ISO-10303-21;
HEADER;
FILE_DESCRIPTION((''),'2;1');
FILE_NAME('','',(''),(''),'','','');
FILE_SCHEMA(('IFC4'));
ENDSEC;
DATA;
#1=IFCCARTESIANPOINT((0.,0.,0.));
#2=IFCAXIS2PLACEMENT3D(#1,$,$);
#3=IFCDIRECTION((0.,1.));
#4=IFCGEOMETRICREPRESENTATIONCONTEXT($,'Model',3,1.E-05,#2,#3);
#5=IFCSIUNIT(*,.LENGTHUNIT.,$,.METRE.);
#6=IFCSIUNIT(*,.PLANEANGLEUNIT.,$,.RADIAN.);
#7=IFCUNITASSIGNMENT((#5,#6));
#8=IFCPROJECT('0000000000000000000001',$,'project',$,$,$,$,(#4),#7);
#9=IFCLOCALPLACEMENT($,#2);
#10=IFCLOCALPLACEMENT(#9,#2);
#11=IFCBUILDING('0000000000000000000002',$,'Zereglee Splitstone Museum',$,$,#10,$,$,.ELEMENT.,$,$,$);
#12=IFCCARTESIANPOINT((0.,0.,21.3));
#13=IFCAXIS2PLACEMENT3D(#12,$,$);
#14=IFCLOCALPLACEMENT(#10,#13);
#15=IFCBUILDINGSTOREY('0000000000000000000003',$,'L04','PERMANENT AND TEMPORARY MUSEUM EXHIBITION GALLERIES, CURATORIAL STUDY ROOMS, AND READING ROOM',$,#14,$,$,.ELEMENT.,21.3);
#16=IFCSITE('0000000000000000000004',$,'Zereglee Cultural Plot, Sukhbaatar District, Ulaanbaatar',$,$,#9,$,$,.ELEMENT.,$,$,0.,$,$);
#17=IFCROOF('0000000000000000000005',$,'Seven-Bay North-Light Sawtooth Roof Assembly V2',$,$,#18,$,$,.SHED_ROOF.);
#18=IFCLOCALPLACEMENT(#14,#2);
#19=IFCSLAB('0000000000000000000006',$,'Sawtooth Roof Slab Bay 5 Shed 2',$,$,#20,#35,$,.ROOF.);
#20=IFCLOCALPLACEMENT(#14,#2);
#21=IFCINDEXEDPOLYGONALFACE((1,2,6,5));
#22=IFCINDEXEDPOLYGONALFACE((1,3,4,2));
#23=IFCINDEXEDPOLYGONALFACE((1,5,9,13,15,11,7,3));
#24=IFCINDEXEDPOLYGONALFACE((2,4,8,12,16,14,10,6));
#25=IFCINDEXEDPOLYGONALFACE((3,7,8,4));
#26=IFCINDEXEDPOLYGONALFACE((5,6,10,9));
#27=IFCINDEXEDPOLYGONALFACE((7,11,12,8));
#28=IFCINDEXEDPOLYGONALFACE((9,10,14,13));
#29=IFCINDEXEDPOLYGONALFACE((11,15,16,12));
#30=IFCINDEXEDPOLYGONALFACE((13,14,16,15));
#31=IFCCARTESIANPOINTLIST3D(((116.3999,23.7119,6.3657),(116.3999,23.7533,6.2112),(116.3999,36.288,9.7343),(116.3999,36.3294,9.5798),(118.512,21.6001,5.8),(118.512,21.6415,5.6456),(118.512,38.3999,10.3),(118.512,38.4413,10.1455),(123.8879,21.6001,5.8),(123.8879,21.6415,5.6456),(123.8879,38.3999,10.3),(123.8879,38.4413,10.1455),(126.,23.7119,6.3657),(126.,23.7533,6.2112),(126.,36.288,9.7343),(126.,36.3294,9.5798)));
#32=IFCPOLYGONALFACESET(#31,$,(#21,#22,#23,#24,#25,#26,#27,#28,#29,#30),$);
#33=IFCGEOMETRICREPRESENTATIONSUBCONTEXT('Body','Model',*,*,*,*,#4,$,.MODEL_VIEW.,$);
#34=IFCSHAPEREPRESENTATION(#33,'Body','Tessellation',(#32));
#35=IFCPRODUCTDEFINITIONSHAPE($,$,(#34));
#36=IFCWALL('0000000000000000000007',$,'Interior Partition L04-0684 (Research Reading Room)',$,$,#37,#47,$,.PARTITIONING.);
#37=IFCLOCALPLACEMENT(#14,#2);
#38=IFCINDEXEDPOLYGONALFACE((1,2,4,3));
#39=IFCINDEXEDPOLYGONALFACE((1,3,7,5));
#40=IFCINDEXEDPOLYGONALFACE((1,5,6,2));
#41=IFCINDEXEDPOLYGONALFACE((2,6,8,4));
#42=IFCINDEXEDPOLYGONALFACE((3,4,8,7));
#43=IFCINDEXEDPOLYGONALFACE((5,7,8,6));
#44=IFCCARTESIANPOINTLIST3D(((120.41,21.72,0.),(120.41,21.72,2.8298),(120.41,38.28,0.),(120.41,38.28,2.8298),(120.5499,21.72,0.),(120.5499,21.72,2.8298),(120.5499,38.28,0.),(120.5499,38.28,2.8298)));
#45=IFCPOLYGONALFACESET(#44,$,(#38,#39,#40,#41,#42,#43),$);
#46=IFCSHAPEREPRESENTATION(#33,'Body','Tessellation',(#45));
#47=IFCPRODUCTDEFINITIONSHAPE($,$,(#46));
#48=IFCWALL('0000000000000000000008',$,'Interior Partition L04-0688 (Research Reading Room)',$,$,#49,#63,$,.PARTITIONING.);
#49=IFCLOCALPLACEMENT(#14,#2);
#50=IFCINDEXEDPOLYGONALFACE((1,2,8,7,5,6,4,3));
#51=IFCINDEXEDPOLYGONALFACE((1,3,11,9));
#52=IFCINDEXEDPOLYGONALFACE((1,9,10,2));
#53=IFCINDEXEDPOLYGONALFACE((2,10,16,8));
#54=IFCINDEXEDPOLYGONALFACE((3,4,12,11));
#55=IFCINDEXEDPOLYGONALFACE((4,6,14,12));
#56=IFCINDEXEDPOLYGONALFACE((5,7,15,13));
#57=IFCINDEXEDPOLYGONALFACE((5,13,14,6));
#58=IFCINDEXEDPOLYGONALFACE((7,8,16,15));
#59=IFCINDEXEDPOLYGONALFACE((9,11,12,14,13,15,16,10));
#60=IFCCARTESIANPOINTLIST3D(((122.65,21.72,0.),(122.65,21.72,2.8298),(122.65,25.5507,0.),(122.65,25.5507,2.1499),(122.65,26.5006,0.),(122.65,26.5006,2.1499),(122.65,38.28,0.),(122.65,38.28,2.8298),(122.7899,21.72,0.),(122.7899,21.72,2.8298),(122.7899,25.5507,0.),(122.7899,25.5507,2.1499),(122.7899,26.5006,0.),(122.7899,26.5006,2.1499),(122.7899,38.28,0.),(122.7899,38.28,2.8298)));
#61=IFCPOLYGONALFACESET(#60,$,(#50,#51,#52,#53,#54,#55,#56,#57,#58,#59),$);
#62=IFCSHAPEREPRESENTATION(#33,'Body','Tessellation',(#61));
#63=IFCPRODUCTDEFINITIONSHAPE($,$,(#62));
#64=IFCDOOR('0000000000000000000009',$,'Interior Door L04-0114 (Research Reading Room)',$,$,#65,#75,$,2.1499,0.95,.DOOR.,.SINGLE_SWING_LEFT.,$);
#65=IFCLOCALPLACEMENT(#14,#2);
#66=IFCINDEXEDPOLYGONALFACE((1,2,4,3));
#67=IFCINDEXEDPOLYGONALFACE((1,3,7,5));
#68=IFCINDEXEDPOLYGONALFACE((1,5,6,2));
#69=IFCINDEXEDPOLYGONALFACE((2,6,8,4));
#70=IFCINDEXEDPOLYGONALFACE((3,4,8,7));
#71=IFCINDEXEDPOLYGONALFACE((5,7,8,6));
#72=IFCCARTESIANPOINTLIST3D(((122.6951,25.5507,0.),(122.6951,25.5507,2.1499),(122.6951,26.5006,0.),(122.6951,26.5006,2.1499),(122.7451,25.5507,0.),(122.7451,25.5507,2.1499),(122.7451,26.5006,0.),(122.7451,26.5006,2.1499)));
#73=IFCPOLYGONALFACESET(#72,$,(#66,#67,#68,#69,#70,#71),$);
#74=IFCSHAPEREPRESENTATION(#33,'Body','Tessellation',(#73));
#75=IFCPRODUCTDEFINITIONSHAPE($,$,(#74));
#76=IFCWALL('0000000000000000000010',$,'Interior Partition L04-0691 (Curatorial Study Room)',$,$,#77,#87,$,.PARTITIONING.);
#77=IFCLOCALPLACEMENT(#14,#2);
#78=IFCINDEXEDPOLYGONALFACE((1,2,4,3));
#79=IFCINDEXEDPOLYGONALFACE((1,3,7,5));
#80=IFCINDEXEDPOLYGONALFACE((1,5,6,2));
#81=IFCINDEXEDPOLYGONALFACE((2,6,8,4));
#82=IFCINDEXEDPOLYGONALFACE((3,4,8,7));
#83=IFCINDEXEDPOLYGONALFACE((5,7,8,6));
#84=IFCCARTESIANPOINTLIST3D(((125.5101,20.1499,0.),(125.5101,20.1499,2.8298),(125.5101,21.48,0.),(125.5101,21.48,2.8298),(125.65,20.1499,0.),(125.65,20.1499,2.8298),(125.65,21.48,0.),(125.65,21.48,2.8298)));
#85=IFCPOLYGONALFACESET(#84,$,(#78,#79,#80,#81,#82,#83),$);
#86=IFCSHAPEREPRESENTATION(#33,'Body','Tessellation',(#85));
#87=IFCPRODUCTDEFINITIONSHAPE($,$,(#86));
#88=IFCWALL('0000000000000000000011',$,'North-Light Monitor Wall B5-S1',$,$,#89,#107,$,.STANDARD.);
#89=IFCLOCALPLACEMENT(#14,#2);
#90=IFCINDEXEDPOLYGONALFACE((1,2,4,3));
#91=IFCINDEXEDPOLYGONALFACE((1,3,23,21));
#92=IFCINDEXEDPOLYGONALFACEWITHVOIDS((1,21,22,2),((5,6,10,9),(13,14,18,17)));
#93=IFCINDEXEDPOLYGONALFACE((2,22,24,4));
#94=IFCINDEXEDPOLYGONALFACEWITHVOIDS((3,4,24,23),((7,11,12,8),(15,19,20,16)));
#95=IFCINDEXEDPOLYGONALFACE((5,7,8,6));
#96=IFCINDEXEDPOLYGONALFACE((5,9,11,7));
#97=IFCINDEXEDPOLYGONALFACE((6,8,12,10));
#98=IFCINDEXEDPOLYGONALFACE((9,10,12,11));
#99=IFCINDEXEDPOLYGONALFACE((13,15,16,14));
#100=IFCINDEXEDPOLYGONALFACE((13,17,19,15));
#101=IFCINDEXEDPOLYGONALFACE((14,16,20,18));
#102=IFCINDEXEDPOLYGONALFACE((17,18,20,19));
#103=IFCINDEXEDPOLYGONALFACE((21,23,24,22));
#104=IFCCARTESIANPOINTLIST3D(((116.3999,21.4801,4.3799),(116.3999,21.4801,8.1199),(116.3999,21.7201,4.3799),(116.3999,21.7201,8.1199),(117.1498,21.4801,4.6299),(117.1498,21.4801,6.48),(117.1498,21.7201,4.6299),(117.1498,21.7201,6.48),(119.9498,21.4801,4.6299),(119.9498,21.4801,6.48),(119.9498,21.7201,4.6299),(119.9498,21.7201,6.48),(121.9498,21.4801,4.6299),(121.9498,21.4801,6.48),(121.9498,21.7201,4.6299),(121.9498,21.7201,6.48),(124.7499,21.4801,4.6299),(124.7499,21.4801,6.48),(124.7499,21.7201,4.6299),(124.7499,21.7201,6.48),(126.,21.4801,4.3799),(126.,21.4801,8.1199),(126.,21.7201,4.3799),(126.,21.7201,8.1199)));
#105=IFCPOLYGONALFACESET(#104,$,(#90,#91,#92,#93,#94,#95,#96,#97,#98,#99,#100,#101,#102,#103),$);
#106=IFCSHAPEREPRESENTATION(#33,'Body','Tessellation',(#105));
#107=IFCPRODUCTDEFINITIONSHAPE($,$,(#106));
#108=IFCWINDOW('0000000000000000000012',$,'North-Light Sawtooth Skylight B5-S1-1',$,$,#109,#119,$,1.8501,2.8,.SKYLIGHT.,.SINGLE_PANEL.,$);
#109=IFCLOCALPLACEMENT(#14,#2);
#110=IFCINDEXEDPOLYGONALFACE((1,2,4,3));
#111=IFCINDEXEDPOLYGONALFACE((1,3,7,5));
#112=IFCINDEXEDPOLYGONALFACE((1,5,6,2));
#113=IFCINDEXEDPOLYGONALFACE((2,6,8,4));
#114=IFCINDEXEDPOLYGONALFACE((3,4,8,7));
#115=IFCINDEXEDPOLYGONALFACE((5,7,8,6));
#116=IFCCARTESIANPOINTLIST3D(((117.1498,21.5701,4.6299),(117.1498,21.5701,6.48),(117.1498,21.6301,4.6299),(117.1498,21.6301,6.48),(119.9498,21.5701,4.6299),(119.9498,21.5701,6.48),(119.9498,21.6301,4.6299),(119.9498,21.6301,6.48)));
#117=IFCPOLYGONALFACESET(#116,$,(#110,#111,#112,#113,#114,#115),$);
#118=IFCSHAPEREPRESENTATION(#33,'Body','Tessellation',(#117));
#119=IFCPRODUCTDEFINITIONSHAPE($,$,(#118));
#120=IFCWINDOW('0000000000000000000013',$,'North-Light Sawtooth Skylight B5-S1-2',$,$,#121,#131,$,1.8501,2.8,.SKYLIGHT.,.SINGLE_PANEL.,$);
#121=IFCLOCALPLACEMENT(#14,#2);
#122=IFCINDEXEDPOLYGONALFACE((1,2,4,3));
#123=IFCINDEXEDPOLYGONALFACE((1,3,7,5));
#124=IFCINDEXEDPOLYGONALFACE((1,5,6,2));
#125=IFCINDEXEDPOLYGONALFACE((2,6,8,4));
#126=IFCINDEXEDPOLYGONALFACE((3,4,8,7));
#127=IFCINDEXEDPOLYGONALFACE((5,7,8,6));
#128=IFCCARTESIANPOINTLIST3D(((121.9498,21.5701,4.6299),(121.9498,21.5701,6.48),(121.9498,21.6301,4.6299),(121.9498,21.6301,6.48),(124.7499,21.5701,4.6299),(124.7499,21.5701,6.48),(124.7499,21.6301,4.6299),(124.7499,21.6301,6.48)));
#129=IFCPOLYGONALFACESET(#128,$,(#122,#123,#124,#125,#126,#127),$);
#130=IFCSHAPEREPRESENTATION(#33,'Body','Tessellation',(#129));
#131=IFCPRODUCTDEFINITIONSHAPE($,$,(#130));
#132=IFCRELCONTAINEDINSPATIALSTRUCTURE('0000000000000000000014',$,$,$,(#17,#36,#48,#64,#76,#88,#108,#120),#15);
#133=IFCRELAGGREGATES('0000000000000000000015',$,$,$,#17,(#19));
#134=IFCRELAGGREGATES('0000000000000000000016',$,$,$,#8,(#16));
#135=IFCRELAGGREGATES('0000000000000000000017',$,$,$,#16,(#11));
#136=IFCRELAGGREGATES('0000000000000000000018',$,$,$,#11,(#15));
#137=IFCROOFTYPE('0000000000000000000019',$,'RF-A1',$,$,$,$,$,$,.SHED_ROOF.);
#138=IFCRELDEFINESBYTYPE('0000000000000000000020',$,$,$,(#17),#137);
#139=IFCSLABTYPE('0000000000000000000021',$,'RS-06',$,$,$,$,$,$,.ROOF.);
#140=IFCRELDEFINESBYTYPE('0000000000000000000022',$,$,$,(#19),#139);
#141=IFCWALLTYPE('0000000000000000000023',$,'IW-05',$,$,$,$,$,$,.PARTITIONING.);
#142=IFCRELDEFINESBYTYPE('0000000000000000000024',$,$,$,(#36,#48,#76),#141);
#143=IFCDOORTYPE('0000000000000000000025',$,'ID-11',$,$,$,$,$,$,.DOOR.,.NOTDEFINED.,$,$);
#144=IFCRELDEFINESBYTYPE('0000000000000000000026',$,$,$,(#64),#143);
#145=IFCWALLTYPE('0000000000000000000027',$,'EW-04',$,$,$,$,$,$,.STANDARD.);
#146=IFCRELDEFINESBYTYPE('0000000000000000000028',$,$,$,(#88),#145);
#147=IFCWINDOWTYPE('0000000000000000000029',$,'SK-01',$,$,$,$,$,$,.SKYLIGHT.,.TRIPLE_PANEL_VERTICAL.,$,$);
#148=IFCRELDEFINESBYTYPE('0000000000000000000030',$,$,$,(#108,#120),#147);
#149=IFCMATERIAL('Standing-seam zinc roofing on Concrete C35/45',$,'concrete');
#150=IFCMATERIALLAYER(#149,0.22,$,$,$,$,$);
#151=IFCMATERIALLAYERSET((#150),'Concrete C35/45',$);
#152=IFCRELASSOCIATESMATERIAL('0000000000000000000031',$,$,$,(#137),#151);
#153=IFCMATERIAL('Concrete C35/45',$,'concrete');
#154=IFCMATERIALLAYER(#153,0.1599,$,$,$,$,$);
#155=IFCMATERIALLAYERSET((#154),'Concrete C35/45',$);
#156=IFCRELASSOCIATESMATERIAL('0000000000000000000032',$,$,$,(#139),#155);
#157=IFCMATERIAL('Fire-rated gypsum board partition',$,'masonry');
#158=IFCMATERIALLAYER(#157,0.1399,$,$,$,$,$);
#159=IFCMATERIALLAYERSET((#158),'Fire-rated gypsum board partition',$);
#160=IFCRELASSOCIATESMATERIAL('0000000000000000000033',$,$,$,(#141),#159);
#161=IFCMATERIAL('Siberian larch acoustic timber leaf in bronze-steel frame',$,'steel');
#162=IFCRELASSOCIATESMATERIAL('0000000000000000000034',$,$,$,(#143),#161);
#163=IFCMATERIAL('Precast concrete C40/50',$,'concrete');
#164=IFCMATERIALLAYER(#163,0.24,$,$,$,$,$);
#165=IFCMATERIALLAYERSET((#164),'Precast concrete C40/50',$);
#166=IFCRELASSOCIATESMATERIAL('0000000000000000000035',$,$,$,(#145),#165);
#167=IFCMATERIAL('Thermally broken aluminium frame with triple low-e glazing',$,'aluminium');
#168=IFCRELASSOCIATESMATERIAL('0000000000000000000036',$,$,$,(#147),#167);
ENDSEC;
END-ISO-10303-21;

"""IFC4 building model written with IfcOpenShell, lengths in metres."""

from ifc_helpers import new_model, si_unit, direction, frame, frame_2d, origin, place, context, subcontext, project, spatial, polyline, rectangle, outline, extrude, material, layer, layer_set, type_object, element, fill, aggregate, save


model = new_model("IFC4")

# Units and contexts
model_context = context("Model", 3, precision=1e-05, world=origin(), true_north=direction((0.0, 1.0)))
body_context = subcontext(model_context, "Body", "Model", "MODEL_VIEW")
ifc_project = project(units=[si_unit("LENGTHUNIT", "METRE"), si_unit("PLANEANGLEUNIT", "RADIAN")], contexts=[model_context])

# Site, building, storey
site_placement = place(None, origin())
site = spatial("IfcSite", under=ifc_project, at=site_placement, Name="Zereglee Cultural Plot, Sukhbaatar District, Ulaanbaatar", CompositionType="ELEMENT", RefElevation=0.0)
building_placement = place(site_placement, origin())
building = spatial("IfcBuilding", under=site, at=building_placement, Name="Zereglee Splitstone Museum", CompositionType="ELEMENT")
storey_placement = place(building_placement, frame((0.0, 0.0, 21.3)))
storey = spatial("IfcBuildingStorey", under=building, at=storey_placement, Name="L04", Description="PERMANENT AND TEMPORARY MUSEUM EXHIBITION GALLERIES, CURATORIAL STUDY ROOMS, AND READING ROOM", CompositionType="ELEMENT", Elevation=21.3)

# Roof, slab
ifc_material_1 = material(Name="Standing-seam zinc roofing on Concrete C35/45", Category="concrete")
ifc_layer_1 = layer(ifc_material_1, 0.22)
ifc_layer_set_1 = layer_set([ifc_layer_1], Name="Concrete C35/45")
roof_type = type_object("IfcRoofType", Name="RF-A1", PredefinedType="SHED_ROOF", material=ifc_layer_set_1)
roof_placement = place(storey_placement, origin())
roof = element("IfcRoof", 1, at=roof_placement, inside=storey, type_object=roof_type, Name="Seven-Bay North-Light Sawtooth Roof Assembly V2", PredefinedType="SHED_ROOF")
ifc_material_2 = material(Name="Concrete C35/45", Category="concrete")
ifc_layer_2 = layer(ifc_material_2, 0.1599)
ifc_layer_set_2 = layer_set([ifc_layer_2], Name="Concrete C35/45")
slab_type = type_object("IfcSlabType", Name="RS-06", PredefinedType="ROOF", material=ifc_layer_set_2)
slab_placement = place(storey_placement, frame((118.512, 21.6001, 5.8), z_axis=(0.0, -0.258736, 0.965948), x_axis=(1.0, 0.0, 0.0)))
slab = element("IfcSlab", 2, at=slab_placement, type_object=slab_type, Name="Sawtooth Roof Slab Bay 5 Shed 2", PredefinedType="ROOF", context=body_context, shape_type="SweptSolid", body=[
    extrude(outline(polyline([(0.0, 0.0), (5.376, 0.0), (7.488, 2.1863), (7.488, 15.2057), (5.376, 17.3921), (0.0, 17.3921), (-2.1121, 15.2057), (-2.1121, 2.1863), (0.0, 0.0)])), origin(), (0.0, 0.0, -1.0), 0.1599),
])
aggregate(roof, [slab])

# Wall
ifc_material_3 = material(Name="Fire-rated gypsum board partition", Category="masonry")
ifc_layer_3 = layer(ifc_material_3, 0.1399)
ifc_layer_set_3 = layer_set([ifc_layer_3], Name="Fire-rated gypsum board partition")
wall_type_1 = type_object("IfcWallType", Name="IW-05", PredefinedType="PARTITIONING", material=ifc_layer_set_3)
wall_1_placement = place(storey_placement, frame((120.48, 21.72, 0.0), z_axis=(0.0, 0.0, 1.0), x_axis=(0.0, 1.0, 0.0)))
element("IfcWall", 3, at=wall_1_placement, inside=storey, type_object=wall_type_1, Name="Interior Partition L04-0684 (Research Reading Room)", PredefinedType="PARTITIONING", context=body_context, shape_type="SweptSolid", body=[
    extrude(rectangle(XDim=16.5601, YDim=0.1399, at=frame_2d((8.28, 0.0))), origin(), (0.0, 0.0, 1.0), 2.8298),
])

# Wall, opening, door
wall_2_placement = place(storey_placement, frame((122.72, 21.72, 0.0), z_axis=(0.0, 0.0, 1.0), x_axis=(0.0, 1.0, 0.0)))
wall_2 = element("IfcWall", 4, at=wall_2_placement, inside=storey, type_object=wall_type_1, Name="Interior Partition L04-0688 (Research Reading Room)", PredefinedType="PARTITIONING", context=body_context, shape_type="SweptSolid", body=[
    extrude(rectangle(XDim=16.5601, YDim=0.1399, at=frame_2d((8.28, 0.0))), origin(), (0.0, 0.0, 1.0), 2.8298),
])
opening_1_placement = place(wall_2_placement, frame((3.8306, 0.0, 0.0)))
opening_1 = element("IfcOpeningElement", 5, at=opening_1_placement, cuts=wall_2, PredefinedType="OPENING", context=body_context, shape_type="SweptSolid", body=[
    extrude(rectangle(XDim=0.95, YDim=2.1499, at=frame_2d((0.4751, 1.075))), frame((0.0, 0.085, 0.0), z_axis=(0.0, -1.0, 0.0), x_axis=(1.0, 0.0, 0.0)), (0.0, 0.0, 1.0), 0.1697),
])
ifc_material_4 = material(Name="Siberian larch acoustic timber leaf in bronze-steel frame", Category="steel")
door_type = type_object("IfcDoorType", Name="ID-11", OperationType="NOTDEFINED", PredefinedType="DOOR", material=ifc_material_4)
door_placement = place(opening_1_placement, origin())
door = element("IfcDoor", 6, at=door_placement, inside=storey, type_object=door_type, Name="Interior Door L04-0114 (Research Reading Room)", OperationType="SINGLE_SWING_LEFT", OverallHeight=2.1499, OverallWidth=0.95, PredefinedType="DOOR", context=body_context, shape_type="SweptSolid", body=[
    extrude(rectangle(XDim=0.95, YDim=2.1499, at=frame_2d((0.4751, 1.075))), frame((0.0, 0.0249, 0.0), z_axis=(0.0, -1.0, 0.0), x_axis=(1.0, 0.0, 0.0)), (0.0, 0.0, 1.0), 0.05),
])
fill(opening_1, door)

# Wall
wall_3_placement = place(storey_placement, frame((125.5801, 20.1499, 0.0), z_axis=(0.0, 0.0, 1.0), x_axis=(0.0, 1.0, 0.0)))
element("IfcWall", 7, at=wall_3_placement, inside=storey, type_object=wall_type_1, Name="Interior Partition L04-0691 (Curatorial Study Room)", PredefinedType="PARTITIONING", context=body_context, shape_type="SweptSolid", body=[
    extrude(rectangle(XDim=1.3301, YDim=0.1399, at=frame_2d((0.665, 0.0))), origin(), (0.0, 0.0, 1.0), 2.8298),
])

# Wall, openings, windows
ifc_material_5 = material(Name="Precast concrete C40/50", Category="concrete")
ifc_layer_4 = layer(ifc_material_5, 0.24)
ifc_layer_set_4 = layer_set([ifc_layer_4], Name="Precast concrete C40/50")
wall_type_2 = type_object("IfcWallType", Name="EW-04", PredefinedType="STANDARD", material=ifc_layer_set_4)
wall_4_placement = place(storey_placement, frame((116.3999, 21.6001, 4.3799), z_axis=(0.0, 0.0, 1.0), x_axis=(1.0, 0.0, 0.0)))
wall_4 = element("IfcWall", 8, at=wall_4_placement, inside=storey, type_object=wall_type_2, Name="North-Light Monitor Wall B5-S1", PredefinedType="STANDARD", context=body_context, shape_type="SweptSolid", body=[
    extrude(rectangle(XDim=9.6001, YDim=0.24, at=frame_2d((4.8, 0.0))), origin(), (0.0, 0.0, 1.0), 3.74),
])
opening_2_placement = place(wall_4_placement, frame((0.75, 0.0, 0.25)))
opening_2 = element("IfcOpeningElement", 9, at=opening_2_placement, cuts=wall_4, PredefinedType="OPENING", context=body_context, shape_type="SweptSolid", body=[
    extrude(rectangle(XDim=2.8, YDim=1.8501, at=frame_2d((1.3999, 0.925))), frame((0.0, 0.1348, 0.0), z_axis=(0.0, -1.0, 0.0), x_axis=(1.0, 0.0, 0.0)), (0.0, 0.0, 1.0), 0.2698),
])
opening_3_placement = place(wall_4_placement, frame((5.55, 0.0, 0.25)))
opening_3 = element("IfcOpeningElement", 10, at=opening_3_placement, cuts=wall_4, PredefinedType="OPENING", context=body_context, shape_type="SweptSolid", body=[
    extrude(rectangle(XDim=2.8, YDim=1.8501, at=frame_2d((1.3999, 0.925))), frame((0.0, 0.1348, 0.0), z_axis=(0.0, -1.0, 0.0), x_axis=(1.0, 0.0, 0.0)), (0.0, 0.0, 1.0), 0.2698),
])
ifc_material_6 = material(Name="Thermally broken aluminium frame with triple low-e glazing", Category="aluminium")
window_type = type_object("IfcWindowType", Name="SK-01", PartitioningType="TRIPLE_PANEL_VERTICAL", PredefinedType="SKYLIGHT", material=ifc_material_6)
window_1_placement = place(opening_2_placement, origin())
window_1 = element("IfcWindow", 11, at=window_1_placement, inside=storey, type_object=window_type, Name="North-Light Sawtooth Skylight B5-S1-1", OverallHeight=1.8501, OverallWidth=2.8, PartitioningType="SINGLE_PANEL", PredefinedType="SKYLIGHT", context=body_context, shape_type="SweptSolid", body=[
    extrude(rectangle(XDim=2.8, YDim=1.8501, at=frame_2d((1.3999, 0.925))), frame((0.0, 0.03, 0.0), z_axis=(0.0, -1.0, 0.0), x_axis=(1.0, 0.0, 0.0)), (0.0, 0.0, 1.0), 0.0601),
])
fill(opening_2, window_1)
window_2_placement = place(opening_3_placement, origin())
window_2 = element("IfcWindow", 12, at=window_2_placement, inside=storey, type_object=window_type, Name="North-Light Sawtooth Skylight B5-S1-2", OverallHeight=1.8501, OverallWidth=2.8, PartitioningType="SINGLE_PANEL", PredefinedType="SKYLIGHT", context=body_context, shape_type="SweptSolid", body=[
    extrude(rectangle(XDim=2.8, YDim=1.8501, at=frame_2d((1.3999, 0.925))), frame((0.0, 0.03, 0.0), z_axis=(0.0, -1.0, 0.0), x_axis=(1.0, 0.0, 0.0)), (0.0, 0.0, 1.0), 0.0601),
])
fill(opening_3, window_2)

save(model, "model.ifc")
